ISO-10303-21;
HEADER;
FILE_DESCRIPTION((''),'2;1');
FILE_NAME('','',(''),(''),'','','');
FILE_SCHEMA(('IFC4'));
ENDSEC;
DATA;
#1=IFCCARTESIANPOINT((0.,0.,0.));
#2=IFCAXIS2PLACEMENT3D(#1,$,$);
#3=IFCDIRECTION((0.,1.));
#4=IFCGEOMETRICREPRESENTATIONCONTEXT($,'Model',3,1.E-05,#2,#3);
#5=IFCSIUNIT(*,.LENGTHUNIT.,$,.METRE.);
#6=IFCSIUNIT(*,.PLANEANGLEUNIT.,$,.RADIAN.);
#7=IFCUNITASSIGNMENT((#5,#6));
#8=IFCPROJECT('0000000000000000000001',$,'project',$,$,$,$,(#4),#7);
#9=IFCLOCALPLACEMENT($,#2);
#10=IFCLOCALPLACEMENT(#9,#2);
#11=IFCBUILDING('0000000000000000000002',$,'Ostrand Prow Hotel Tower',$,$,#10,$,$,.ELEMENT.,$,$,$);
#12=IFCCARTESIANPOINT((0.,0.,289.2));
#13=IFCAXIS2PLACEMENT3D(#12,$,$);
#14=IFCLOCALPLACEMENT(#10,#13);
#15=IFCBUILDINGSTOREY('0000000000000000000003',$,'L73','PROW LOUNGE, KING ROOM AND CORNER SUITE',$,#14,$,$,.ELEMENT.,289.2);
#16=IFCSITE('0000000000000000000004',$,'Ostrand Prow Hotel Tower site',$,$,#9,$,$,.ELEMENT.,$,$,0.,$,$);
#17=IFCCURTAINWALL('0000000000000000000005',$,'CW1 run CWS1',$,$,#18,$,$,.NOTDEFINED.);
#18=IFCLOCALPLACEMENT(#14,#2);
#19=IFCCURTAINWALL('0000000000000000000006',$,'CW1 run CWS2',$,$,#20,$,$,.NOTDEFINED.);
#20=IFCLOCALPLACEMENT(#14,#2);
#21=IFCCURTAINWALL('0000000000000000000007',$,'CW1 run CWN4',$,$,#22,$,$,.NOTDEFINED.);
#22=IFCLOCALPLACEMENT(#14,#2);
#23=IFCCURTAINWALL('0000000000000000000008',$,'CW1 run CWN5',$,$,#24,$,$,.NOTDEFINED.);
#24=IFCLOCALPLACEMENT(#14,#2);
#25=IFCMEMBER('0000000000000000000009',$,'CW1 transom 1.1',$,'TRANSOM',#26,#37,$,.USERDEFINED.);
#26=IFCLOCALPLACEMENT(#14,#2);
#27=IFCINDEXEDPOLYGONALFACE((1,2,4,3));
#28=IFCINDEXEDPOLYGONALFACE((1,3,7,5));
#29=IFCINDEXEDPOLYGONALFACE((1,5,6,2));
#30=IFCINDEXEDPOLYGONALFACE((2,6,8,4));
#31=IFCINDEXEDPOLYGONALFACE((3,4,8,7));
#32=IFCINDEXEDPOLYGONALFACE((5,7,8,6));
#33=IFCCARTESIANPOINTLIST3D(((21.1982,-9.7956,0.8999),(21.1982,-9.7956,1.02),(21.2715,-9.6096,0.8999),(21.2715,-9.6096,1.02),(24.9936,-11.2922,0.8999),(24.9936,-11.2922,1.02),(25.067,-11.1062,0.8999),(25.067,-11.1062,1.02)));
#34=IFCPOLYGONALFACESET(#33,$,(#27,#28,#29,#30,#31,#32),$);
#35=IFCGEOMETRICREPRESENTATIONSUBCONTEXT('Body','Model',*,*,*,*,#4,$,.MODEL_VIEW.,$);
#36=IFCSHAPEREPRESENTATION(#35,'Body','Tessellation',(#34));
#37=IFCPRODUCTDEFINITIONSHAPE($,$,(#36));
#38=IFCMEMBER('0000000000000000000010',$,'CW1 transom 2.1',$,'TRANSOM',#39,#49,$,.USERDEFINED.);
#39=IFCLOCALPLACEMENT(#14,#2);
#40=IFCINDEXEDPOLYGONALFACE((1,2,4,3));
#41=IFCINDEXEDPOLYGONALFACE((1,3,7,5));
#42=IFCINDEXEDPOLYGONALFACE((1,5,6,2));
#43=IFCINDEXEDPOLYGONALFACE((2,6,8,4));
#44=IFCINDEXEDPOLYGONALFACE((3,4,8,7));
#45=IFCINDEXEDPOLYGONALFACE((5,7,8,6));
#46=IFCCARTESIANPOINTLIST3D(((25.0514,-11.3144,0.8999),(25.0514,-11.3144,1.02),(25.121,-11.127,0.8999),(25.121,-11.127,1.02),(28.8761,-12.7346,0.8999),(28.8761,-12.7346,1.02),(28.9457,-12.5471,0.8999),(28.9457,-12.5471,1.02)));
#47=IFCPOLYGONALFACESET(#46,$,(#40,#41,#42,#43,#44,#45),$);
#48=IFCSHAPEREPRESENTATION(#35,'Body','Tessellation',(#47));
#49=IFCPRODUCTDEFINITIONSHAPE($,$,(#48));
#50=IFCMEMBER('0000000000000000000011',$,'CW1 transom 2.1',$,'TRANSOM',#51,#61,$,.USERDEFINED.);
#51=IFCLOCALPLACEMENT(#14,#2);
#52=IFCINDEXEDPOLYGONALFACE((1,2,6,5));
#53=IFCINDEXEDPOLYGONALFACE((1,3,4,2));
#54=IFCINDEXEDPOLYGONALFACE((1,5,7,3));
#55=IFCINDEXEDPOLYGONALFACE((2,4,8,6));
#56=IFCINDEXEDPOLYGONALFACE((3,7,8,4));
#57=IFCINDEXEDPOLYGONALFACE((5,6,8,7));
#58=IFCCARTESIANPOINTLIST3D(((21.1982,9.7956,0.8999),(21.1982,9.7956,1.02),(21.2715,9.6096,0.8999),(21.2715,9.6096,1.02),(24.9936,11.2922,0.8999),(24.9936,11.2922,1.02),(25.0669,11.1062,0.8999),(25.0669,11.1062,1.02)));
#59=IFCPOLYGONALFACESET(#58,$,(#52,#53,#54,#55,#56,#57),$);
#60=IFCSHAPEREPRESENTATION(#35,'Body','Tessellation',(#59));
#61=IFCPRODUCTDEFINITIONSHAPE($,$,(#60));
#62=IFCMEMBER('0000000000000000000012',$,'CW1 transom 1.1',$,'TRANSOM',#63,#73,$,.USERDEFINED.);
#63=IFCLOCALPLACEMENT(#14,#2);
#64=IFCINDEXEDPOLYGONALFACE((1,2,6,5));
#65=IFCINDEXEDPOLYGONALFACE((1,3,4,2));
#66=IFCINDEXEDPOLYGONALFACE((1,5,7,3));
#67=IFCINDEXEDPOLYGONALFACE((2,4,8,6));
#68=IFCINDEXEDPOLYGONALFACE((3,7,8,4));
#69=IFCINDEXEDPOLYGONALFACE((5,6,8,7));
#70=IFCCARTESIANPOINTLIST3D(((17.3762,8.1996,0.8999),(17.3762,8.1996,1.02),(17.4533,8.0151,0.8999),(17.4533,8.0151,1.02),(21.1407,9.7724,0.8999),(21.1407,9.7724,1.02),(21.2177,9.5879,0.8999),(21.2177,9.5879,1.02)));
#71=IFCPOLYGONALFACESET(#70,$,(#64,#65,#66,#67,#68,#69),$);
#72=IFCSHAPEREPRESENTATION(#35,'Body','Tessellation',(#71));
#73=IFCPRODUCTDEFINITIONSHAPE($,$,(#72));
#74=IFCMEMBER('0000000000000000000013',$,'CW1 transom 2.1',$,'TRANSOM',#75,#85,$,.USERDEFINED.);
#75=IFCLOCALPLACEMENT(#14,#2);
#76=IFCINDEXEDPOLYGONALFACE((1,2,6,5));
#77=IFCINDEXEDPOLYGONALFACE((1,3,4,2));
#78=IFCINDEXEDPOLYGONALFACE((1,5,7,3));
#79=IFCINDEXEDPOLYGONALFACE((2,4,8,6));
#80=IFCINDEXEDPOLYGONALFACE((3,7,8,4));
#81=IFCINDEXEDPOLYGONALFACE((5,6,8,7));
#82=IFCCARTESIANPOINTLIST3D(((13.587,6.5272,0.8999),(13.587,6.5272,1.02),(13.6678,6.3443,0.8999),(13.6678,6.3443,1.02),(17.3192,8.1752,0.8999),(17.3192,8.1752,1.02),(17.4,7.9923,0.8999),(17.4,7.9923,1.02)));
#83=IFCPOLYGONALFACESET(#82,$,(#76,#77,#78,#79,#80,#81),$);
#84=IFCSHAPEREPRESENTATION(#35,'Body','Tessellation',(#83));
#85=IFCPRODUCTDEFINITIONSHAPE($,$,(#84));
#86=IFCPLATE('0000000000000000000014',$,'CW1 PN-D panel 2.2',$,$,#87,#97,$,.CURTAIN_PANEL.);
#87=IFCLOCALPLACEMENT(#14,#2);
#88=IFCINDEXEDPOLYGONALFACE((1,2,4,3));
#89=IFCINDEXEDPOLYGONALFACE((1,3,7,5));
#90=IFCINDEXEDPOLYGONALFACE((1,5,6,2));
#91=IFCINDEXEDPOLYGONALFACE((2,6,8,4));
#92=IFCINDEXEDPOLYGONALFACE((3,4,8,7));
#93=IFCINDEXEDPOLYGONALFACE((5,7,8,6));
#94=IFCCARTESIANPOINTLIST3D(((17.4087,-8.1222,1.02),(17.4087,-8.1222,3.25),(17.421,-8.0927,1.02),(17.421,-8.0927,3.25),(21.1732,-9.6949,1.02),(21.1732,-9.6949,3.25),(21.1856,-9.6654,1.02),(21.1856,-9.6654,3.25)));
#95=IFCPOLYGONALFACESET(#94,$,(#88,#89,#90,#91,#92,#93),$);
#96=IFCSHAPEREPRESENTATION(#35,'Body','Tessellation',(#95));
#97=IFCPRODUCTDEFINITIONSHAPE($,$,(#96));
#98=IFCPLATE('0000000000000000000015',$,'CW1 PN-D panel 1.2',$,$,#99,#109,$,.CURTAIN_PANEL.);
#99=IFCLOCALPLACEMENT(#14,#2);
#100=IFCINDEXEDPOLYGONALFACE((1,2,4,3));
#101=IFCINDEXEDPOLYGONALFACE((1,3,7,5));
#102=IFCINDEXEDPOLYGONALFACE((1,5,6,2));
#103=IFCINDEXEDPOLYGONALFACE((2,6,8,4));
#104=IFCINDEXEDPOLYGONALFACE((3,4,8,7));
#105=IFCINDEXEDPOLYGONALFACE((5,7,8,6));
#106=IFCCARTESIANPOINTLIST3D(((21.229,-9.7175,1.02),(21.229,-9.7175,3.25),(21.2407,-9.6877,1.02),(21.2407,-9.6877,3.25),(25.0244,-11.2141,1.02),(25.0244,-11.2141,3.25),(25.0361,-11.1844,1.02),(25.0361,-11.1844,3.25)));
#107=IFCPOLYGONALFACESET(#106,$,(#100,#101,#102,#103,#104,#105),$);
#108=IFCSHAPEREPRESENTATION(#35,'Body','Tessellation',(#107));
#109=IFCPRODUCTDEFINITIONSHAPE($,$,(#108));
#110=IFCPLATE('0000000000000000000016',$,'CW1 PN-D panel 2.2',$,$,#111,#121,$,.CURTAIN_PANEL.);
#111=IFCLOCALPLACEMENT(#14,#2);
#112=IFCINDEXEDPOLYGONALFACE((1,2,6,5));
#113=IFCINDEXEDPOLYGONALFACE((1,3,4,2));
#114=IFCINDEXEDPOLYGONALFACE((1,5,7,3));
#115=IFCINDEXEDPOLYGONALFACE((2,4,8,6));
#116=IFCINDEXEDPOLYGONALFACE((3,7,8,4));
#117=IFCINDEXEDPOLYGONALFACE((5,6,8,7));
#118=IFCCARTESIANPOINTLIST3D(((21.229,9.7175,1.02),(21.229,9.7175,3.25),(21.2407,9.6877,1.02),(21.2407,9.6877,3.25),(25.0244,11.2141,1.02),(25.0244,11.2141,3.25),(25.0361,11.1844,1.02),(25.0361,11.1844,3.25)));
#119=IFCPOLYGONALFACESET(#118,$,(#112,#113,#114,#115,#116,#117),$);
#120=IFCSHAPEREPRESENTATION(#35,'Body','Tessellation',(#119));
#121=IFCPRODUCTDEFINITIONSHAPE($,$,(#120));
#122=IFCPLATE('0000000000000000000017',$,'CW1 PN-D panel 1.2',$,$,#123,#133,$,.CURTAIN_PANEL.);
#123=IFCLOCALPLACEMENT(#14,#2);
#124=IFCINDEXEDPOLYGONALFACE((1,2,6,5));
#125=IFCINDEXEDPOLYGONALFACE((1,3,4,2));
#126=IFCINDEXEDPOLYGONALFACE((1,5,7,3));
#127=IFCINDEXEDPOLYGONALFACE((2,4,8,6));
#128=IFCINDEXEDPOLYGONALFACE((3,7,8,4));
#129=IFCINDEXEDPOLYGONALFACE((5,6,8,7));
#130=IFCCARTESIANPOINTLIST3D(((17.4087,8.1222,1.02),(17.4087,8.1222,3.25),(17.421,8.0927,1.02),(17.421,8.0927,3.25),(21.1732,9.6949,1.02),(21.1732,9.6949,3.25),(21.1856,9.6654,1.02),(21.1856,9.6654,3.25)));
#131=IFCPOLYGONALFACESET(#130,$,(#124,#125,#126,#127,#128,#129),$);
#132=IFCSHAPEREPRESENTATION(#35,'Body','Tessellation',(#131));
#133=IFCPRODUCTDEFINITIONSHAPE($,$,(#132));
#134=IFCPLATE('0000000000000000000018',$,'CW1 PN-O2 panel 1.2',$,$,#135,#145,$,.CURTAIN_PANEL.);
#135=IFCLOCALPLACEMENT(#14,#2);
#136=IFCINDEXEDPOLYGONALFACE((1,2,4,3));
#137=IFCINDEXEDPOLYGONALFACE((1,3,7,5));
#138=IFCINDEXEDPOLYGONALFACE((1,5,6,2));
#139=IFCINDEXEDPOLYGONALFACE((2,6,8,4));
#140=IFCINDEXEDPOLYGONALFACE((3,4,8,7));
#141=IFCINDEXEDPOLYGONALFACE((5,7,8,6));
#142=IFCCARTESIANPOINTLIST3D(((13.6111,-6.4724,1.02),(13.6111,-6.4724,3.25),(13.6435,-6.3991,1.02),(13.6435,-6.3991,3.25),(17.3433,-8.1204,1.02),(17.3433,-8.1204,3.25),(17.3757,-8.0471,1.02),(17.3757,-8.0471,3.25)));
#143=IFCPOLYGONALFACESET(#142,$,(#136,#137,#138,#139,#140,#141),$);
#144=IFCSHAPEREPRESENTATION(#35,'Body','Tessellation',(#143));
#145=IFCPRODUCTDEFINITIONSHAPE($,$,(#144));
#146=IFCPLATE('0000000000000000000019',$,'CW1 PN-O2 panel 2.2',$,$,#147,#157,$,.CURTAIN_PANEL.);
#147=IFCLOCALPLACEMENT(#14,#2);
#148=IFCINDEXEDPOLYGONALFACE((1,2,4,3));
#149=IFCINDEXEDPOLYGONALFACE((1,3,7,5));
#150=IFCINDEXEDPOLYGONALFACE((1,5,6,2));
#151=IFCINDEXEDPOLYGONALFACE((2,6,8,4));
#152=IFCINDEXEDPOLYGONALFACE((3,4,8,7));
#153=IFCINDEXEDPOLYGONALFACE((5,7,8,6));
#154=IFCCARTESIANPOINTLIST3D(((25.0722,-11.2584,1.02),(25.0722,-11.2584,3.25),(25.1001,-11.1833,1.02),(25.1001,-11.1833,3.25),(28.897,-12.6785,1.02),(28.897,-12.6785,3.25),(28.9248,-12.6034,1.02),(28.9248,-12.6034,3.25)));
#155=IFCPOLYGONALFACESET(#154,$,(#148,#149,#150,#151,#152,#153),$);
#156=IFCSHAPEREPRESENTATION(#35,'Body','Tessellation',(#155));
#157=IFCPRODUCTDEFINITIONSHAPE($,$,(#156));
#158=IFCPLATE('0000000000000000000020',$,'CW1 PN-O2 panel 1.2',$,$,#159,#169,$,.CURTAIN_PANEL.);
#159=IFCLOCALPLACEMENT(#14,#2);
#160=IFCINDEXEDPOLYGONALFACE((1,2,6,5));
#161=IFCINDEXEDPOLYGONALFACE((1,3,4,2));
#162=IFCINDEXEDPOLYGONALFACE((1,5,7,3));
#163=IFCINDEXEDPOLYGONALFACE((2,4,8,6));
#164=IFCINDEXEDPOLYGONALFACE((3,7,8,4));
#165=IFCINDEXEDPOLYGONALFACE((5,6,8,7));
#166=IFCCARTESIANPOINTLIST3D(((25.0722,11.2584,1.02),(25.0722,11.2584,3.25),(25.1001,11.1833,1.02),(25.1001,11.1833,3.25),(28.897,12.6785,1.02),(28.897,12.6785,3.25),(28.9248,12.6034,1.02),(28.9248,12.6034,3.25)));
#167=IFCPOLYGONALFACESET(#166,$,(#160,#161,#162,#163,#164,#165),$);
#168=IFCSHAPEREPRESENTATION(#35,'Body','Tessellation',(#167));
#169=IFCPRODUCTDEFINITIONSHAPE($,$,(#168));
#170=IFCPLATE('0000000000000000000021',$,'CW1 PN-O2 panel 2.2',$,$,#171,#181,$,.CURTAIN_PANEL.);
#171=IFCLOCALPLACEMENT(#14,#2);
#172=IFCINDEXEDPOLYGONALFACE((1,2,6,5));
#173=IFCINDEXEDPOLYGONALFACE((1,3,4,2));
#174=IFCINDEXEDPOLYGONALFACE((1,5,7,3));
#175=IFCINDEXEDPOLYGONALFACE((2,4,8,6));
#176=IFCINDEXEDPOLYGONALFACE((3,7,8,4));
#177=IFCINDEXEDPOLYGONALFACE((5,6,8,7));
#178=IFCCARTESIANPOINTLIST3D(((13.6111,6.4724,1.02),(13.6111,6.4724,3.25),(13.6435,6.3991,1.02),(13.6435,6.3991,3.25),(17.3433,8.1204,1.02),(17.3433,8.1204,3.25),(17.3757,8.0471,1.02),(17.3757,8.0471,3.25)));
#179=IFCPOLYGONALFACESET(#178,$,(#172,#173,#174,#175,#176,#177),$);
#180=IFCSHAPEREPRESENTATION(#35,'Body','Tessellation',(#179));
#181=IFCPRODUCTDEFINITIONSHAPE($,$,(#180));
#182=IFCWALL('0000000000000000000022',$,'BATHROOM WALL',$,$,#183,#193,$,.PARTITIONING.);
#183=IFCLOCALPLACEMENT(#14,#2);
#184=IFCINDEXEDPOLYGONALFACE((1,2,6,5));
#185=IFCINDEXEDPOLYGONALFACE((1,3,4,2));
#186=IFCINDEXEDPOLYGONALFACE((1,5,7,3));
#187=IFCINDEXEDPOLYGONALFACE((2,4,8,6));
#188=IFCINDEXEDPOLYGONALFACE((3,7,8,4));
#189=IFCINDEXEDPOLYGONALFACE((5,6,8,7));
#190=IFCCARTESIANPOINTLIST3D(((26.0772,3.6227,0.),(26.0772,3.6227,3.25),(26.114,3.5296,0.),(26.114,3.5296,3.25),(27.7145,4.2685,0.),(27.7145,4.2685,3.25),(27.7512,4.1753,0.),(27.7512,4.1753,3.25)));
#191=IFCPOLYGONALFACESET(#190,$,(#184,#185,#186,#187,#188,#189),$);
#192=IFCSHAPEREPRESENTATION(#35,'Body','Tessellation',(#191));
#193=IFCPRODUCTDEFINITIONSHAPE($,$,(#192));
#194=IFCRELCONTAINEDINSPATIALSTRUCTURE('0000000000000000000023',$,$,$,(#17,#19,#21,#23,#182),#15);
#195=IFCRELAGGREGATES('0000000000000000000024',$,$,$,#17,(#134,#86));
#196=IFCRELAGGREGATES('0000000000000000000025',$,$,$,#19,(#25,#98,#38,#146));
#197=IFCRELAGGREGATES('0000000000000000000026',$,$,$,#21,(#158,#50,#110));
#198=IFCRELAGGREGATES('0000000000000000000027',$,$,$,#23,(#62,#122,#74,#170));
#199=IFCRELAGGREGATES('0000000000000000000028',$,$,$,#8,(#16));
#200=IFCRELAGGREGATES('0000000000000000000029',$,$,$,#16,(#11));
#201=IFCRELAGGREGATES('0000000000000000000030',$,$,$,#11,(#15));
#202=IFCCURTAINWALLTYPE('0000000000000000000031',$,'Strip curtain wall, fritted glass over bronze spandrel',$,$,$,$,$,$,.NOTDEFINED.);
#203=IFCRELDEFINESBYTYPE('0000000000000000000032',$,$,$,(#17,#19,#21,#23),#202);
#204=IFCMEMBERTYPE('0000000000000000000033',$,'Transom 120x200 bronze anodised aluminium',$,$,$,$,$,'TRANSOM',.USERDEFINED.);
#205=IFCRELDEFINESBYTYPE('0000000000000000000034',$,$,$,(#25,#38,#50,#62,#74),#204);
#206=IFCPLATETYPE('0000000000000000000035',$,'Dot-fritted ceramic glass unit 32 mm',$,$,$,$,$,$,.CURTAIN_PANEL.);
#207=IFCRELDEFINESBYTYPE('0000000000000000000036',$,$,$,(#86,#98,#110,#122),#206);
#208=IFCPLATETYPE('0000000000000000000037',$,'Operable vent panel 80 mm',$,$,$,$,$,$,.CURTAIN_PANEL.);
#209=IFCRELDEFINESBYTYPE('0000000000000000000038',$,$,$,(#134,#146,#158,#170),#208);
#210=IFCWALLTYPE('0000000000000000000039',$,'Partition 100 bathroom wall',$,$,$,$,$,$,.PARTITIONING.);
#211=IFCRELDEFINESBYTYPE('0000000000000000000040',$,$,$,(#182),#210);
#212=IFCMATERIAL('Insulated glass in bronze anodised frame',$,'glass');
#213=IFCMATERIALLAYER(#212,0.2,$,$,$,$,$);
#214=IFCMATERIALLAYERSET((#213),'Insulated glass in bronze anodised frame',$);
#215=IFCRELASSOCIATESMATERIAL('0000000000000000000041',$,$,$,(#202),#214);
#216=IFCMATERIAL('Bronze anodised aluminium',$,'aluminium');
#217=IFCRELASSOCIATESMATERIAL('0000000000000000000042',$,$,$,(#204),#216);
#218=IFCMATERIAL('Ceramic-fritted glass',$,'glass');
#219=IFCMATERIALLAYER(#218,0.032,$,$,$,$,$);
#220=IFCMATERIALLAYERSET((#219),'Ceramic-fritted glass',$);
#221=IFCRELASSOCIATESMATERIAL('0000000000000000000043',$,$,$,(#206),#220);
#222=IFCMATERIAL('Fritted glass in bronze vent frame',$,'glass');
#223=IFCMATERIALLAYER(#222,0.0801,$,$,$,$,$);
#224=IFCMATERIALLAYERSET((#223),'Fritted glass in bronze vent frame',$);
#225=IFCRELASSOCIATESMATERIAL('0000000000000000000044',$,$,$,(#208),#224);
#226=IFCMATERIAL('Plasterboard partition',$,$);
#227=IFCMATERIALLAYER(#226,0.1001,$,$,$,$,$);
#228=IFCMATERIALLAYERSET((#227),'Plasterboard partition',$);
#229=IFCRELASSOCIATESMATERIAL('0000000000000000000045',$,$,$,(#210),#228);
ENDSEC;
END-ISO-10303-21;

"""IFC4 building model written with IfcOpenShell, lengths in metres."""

from ifc_helpers import new_model, si_unit, direction, frame, frame_2d, origin, origin_2d, place, context, subcontext, project, spatial, rectangle, extrude, material, layer, layer_set, material_profile, profile_set, type_object, element, aggregate, save


model = new_model("IFC4")

# Units and contexts
model_context = context("Model", 3, precision=1e-05, world=origin(), true_north=direction((0.0, 1.0)))
body_context = subcontext(model_context, "Body", "Model", "MODEL_VIEW")
ifc_project = project(units=[si_unit("LENGTHUNIT", "METRE"), si_unit("PLANEANGLEUNIT", "RADIAN")], contexts=[model_context])

# Site, building, storey
site_placement = place(None, origin())
site = spatial("IfcSite", under=ifc_project, at=site_placement, Name="Ostrand Prow Hotel Tower site", CompositionType="ELEMENT", RefElevation=0.0)
building_placement = place(site_placement, origin())
building = spatial("IfcBuilding", under=site, at=building_placement, Name="Ostrand Prow Hotel Tower", CompositionType="ELEMENT")
storey_placement = place(building_placement, frame((0.0, 0.0, 289.2)))
storey = spatial("IfcBuildingStorey", under=building, at=storey_placement, Name="L73", Description="PROW LOUNGE, KING ROOM AND CORNER SUITE", CompositionType="ELEMENT", Elevation=289.2)

# Curtain wall
ifc_material_1 = material(Name="Insulated glass in bronze anodised frame", Category="glass")
ifc_layer_1 = layer(ifc_material_1, 0.2)
ifc_layer_set_1 = layer_set([ifc_layer_1], Name="Insulated glass in bronze anodised frame")
curtain_wall_type = type_object("IfcCurtainWallType", Name="Strip curtain wall, fritted glass over bronze spandrel", PredefinedType="NOTDEFINED", material=ifc_layer_set_1)
curtain_wall_1_placement = place(storey_placement, origin())
curtain_wall_1 = element("IfcCurtainWall", 1, at=curtain_wall_1_placement, inside=storey, type_object=curtain_wall_type, Name="CW1 run CWS1", PredefinedType="NOTDEFINED")

# Curtain wall
curtain_wall_2_placement = place(storey_placement, origin())
curtain_wall_2 = element("IfcCurtainWall", 2, at=curtain_wall_2_placement, inside=storey, type_object=curtain_wall_type, Name="CW1 run CWS2", PredefinedType="NOTDEFINED")

# Curtain wall
curtain_wall_3_placement = place(storey_placement, origin())
curtain_wall_3 = element("IfcCurtainWall", 3, at=curtain_wall_3_placement, inside=storey, type_object=curtain_wall_type, Name="CW1 run CWN4", PredefinedType="NOTDEFINED")

# Curtain wall
curtain_wall_4_placement = place(storey_placement, origin())
curtain_wall_4 = element("IfcCurtainWall", 4, at=curtain_wall_4_placement, inside=storey, type_object=curtain_wall_type, Name="CW1 run CWN5", PredefinedType="NOTDEFINED")

# Members
ifc_material_2 = material(Name="Bronze anodised aluminium", Category="aluminium")
ifc_material_profile_1 = material_profile(ifc_material_2, rectangle(XDim=0.2, YDim=0.1201, at=origin_2d()), Name="Transom 120x200 bronze anodised aluminium")
ifc_profile_set_1 = profile_set([ifc_material_profile_1], Name="Bronze anodised aluminium")
member_type_1 = type_object("IfcMemberType", Name="Transom 120x200 bronze anodised aluminium", ElementType="TRANSOM", PredefinedType="USERDEFINED", material=ifc_profile_set_1)
member_1_placement = place(storey_placement, frame((21.2349, -9.7026, 0.96), z_axis=(0.93029, -0.366826, 0.0), x_axis=(0.366826, 0.93029, 0.0)))
member_1 = element("IfcMember", 5, at=member_1_placement, type_object=member_type_1, Name="CW1 transom 1.1", ObjectType="TRANSOM", PredefinedType="USERDEFINED", context=body_context, shape_type="SweptSolid", body=[
    extrude(rectangle(XDim=0.2, YDim=0.1201, at=origin_2d()), origin(), (0.0, 0.0, 1.0), 4.0798),
])
member_2_placement = place(storey_placement, frame((25.0862, -11.2207, 0.96), z_axis=(0.93746, -0.348092, 0.0), x_axis=(0.348092, 0.93746, 0.0)))
member_2 = element("IfcMember", 6, at=member_2_placement, type_object=member_type_1, Name="CW1 transom 2.1", ObjectType="TRANSOM", PredefinedType="USERDEFINED", context=body_context, shape_type="SweptSolid", body=[
    extrude(rectangle(XDim=0.2, YDim=0.1201, at=origin_2d()), origin(), (0.0, 0.0, 1.0), 4.0798),
])
member_3_placement = place(storey_placement, frame((25.0303, 11.1992, 0.96), z_axis=(-0.93029, -0.366826, 0.0), x_axis=(0.366826, -0.93029, 0.0)))
member_3 = element("IfcMember", 7, at=member_3_placement, type_object=member_type_1, Name="CW1 transom 2.1", ObjectType="TRANSOM", PredefinedType="USERDEFINED", context=body_context, shape_type="SweptSolid", body=[
    extrude(rectangle(XDim=0.2, YDim=0.1201, at=origin_2d()), origin(), (0.0, 0.0, 1.0), 4.0798),
])
member_4_placement = place(storey_placement, frame((21.1792, 9.6802, 0.96), z_axis=(-0.922706, -0.385503, 0.0), x_axis=(0.385503, -0.922706, 0.0)))
member_4 = element("IfcMember", 8, at=member_4_placement, type_object=member_type_1, Name="CW1 transom 1.1", ObjectType="TRANSOM", PredefinedType="USERDEFINED", context=body_context, shape_type="SweptSolid", body=[
    extrude(rectangle(XDim=0.2, YDim=0.1201, at=origin_2d()), origin(), (0.0, 0.0, 1.0), 4.0798),
])
member_5_placement = place(storey_placement, frame((17.3596, 8.0837, 0.96), z_axis=(-0.914791, -0.403927, 0.0), x_axis=(0.403927, -0.914791, 0.0)))
member_5 = element("IfcMember", 9, at=member_5_placement, type_object=member_type_1, Name="CW1 transom 2.1", ObjectType="TRANSOM", PredefinedType="USERDEFINED", context=body_context, shape_type="SweptSolid", body=[
    extrude(rectangle(XDim=0.2, YDim=0.1201, at=origin_2d()), origin(), (0.0, 0.0, 1.0), 4.0798),
])

# Plates
ifc_material_3 = material(Name="Ceramic-fritted glass", Category="glass")
ifc_layer_2 = layer(ifc_material_3, 0.032)
ifc_layer_set_2 = layer_set([ifc_layer_2], Name="Ceramic-fritted glass")
plate_type_1 = type_object("IfcPlateType", Name="Dot-fritted ceramic glass unit 32 mm", PredefinedType="CURTAIN_PANEL", material=ifc_layer_set_2)
plate_1_placement = place(storey_placement, frame((19.2971, -8.8938, 1.02), z_axis=(0.0, 0.0, 1.0), x_axis=(0.92272, -0.385471, 0.0)))
plate_1 = element("IfcPlate", 10, at=plate_1_placement, type_object=plate_type_1, Name="CW1 PN-D panel 2.2", PredefinedType="CURTAIN_PANEL", context=body_context, shape_type="SweptSolid", body=[
    extrude(rectangle(XDim=4.0798, YDim=0.032, at=origin_2d()), origin(), (0.0, 0.0, 1.0), 2.23),
])
plate_2_placement = place(storey_placement, frame((23.1326, -10.4509, 1.02), z_axis=(0.0, 0.0, 1.0), x_axis=(0.930282, -0.366845, 0.0)))
plate_2 = element("IfcPlate", 11, at=plate_2_placement, type_object=plate_type_1, Name="CW1 PN-D panel 1.2", PredefinedType="CURTAIN_PANEL", context=body_context, shape_type="SweptSolid", body=[
    extrude(rectangle(XDim=4.0798, YDim=0.032, at=origin_2d()), origin(), (0.0, 0.0, 1.0), 2.23),
])
plate_3_placement = place(storey_placement, frame((23.1326, 10.4509, 1.02), z_axis=(0.0, 0.0, 1.0), x_axis=(-0.930282, -0.366845, 0.0)))
plate_3 = element("IfcPlate", 12, at=plate_3_placement, type_object=plate_type_1, Name="CW1 PN-D panel 2.2", PredefinedType="CURTAIN_PANEL", context=body_context, shape_type="SweptSolid", body=[
    extrude(rectangle(XDim=4.0798, YDim=0.032, at=origin_2d()), origin(), (0.0, 0.0, 1.0), 2.23),
])
plate_4_placement = place(storey_placement, frame((19.2971, 8.8938, 1.02), z_axis=(0.0, 0.0, 1.0), x_axis=(-0.92272, -0.385471, 0.0)))
plate_4 = element("IfcPlate", 13, at=plate_4_placement, type_object=plate_type_1, Name="CW1 PN-D panel 1.2", PredefinedType="CURTAIN_PANEL", context=body_context, shape_type="SweptSolid", body=[
    extrude(rectangle(XDim=4.0798, YDim=0.032, at=origin_2d()), origin(), (0.0, 0.0, 1.0), 2.23),
])
ifc_material_4 = material(Name="Fritted glass in bronze vent frame", Category="glass")
ifc_layer_3 = layer(ifc_material_4, 0.0801)
ifc_layer_set_3 = layer_set([ifc_layer_3], Name="Fritted glass in bronze vent frame")
plate_type_2 = type_object("IfcPlateType", Name="Operable vent panel 80 mm", PredefinedType="CURTAIN_PANEL", material=ifc_layer_set_3)
plate_5_placement = place(storey_placement, frame((15.4934, -7.2598, 1.02), z_axis=(0.0, 0.0, 1.0), x_axis=(0.914786, -0.40394, 0.0)))
plate_5 = element("IfcPlate", 14, at=plate_5_placement, type_object=plate_type_2, Name="CW1 PN-O2 panel 1.2", PredefinedType="CURTAIN_PANEL", context=body_context, shape_type="SweptSolid", body=[
    extrude(rectangle(XDim=4.0798, YDim=0.0801, at=origin_2d()), origin(), (0.0, 0.0, 1.0), 2.23),
])
aggregate(curtain_wall_1, [plate_5, plate_1])
plate_6_placement = place(storey_placement, frame((26.9985, -11.9309, 1.02), z_axis=(0.0, 0.0, 1.0), x_axis=(0.937468, -0.348071, 0.0)))
plate_6 = element("IfcPlate", 15, at=plate_6_placement, type_object=plate_type_2, Name="CW1 PN-O2 panel 2.2", PredefinedType="CURTAIN_PANEL", context=body_context, shape_type="SweptSolid", body=[
    extrude(rectangle(XDim=4.0798, YDim=0.0801, at=origin_2d()), origin(), (0.0, 0.0, 1.0), 2.23),
])
aggregate(curtain_wall_2, [member_1, plate_2, member_2, plate_6])
plate_7_placement = place(storey_placement, frame((26.9985, 11.9309, 1.02), z_axis=(0.0, 0.0, 1.0), x_axis=(-0.937468, -0.348071, 0.0)))
plate_7 = element("IfcPlate", 16, at=plate_7_placement, type_object=plate_type_2, Name="CW1 PN-O2 panel 1.2", PredefinedType="CURTAIN_PANEL", context=body_context, shape_type="SweptSolid", body=[
    extrude(rectangle(XDim=4.0798, YDim=0.0801, at=origin_2d()), origin(), (0.0, 0.0, 1.0), 2.23),
])
aggregate(curtain_wall_3, [plate_7, member_3, plate_3])
plate_8_placement = place(storey_placement, frame((15.4934, 7.2598, 1.02), z_axis=(0.0, 0.0, 1.0), x_axis=(-0.914786, -0.40394, 0.0)))
plate_8 = element("IfcPlate", 17, at=plate_8_placement, type_object=plate_type_2, Name="CW1 PN-O2 panel 2.2", PredefinedType="CURTAIN_PANEL", context=body_context, shape_type="SweptSolid", body=[
    extrude(rectangle(XDim=4.0798, YDim=0.0801, at=origin_2d()), origin(), (0.0, 0.0, 1.0), 2.23),
])
aggregate(curtain_wall_4, [member_4, plate_4, member_5, plate_8])

# Wall
ifc_material_5 = material(Name="Plasterboard partition")
ifc_layer_4 = layer(ifc_material_5, 0.1001)
ifc_layer_set_4 = layer_set([ifc_layer_4], Name="Plasterboard partition")
wall_type_1 = type_object("IfcWallType", Name="Partition 100 bathroom wall", PredefinedType="PARTITIONING", material=ifc_layer_set_4)
wall_1_placement = place(storey_placement, frame((26.0957, 3.5762, 0.0), z_axis=(0.0, 0.0, 1.0), x_axis=(0.930255, 0.366914, 0.0)))
element("IfcWall", 18, at=wall_1_placement, inside=storey, type_object=wall_type_1, Name="BATHROOM WALL", PredefinedType="PARTITIONING", context=body_context, shape_type="SweptSolid", body=[
    extrude(rectangle(XDim=1.76, YDim=0.1001, at=frame_2d((0.8799, 0.0))), origin(), (0.0, 0.0, 1.0), 3.25),
])

save(model, "model.ifc")
